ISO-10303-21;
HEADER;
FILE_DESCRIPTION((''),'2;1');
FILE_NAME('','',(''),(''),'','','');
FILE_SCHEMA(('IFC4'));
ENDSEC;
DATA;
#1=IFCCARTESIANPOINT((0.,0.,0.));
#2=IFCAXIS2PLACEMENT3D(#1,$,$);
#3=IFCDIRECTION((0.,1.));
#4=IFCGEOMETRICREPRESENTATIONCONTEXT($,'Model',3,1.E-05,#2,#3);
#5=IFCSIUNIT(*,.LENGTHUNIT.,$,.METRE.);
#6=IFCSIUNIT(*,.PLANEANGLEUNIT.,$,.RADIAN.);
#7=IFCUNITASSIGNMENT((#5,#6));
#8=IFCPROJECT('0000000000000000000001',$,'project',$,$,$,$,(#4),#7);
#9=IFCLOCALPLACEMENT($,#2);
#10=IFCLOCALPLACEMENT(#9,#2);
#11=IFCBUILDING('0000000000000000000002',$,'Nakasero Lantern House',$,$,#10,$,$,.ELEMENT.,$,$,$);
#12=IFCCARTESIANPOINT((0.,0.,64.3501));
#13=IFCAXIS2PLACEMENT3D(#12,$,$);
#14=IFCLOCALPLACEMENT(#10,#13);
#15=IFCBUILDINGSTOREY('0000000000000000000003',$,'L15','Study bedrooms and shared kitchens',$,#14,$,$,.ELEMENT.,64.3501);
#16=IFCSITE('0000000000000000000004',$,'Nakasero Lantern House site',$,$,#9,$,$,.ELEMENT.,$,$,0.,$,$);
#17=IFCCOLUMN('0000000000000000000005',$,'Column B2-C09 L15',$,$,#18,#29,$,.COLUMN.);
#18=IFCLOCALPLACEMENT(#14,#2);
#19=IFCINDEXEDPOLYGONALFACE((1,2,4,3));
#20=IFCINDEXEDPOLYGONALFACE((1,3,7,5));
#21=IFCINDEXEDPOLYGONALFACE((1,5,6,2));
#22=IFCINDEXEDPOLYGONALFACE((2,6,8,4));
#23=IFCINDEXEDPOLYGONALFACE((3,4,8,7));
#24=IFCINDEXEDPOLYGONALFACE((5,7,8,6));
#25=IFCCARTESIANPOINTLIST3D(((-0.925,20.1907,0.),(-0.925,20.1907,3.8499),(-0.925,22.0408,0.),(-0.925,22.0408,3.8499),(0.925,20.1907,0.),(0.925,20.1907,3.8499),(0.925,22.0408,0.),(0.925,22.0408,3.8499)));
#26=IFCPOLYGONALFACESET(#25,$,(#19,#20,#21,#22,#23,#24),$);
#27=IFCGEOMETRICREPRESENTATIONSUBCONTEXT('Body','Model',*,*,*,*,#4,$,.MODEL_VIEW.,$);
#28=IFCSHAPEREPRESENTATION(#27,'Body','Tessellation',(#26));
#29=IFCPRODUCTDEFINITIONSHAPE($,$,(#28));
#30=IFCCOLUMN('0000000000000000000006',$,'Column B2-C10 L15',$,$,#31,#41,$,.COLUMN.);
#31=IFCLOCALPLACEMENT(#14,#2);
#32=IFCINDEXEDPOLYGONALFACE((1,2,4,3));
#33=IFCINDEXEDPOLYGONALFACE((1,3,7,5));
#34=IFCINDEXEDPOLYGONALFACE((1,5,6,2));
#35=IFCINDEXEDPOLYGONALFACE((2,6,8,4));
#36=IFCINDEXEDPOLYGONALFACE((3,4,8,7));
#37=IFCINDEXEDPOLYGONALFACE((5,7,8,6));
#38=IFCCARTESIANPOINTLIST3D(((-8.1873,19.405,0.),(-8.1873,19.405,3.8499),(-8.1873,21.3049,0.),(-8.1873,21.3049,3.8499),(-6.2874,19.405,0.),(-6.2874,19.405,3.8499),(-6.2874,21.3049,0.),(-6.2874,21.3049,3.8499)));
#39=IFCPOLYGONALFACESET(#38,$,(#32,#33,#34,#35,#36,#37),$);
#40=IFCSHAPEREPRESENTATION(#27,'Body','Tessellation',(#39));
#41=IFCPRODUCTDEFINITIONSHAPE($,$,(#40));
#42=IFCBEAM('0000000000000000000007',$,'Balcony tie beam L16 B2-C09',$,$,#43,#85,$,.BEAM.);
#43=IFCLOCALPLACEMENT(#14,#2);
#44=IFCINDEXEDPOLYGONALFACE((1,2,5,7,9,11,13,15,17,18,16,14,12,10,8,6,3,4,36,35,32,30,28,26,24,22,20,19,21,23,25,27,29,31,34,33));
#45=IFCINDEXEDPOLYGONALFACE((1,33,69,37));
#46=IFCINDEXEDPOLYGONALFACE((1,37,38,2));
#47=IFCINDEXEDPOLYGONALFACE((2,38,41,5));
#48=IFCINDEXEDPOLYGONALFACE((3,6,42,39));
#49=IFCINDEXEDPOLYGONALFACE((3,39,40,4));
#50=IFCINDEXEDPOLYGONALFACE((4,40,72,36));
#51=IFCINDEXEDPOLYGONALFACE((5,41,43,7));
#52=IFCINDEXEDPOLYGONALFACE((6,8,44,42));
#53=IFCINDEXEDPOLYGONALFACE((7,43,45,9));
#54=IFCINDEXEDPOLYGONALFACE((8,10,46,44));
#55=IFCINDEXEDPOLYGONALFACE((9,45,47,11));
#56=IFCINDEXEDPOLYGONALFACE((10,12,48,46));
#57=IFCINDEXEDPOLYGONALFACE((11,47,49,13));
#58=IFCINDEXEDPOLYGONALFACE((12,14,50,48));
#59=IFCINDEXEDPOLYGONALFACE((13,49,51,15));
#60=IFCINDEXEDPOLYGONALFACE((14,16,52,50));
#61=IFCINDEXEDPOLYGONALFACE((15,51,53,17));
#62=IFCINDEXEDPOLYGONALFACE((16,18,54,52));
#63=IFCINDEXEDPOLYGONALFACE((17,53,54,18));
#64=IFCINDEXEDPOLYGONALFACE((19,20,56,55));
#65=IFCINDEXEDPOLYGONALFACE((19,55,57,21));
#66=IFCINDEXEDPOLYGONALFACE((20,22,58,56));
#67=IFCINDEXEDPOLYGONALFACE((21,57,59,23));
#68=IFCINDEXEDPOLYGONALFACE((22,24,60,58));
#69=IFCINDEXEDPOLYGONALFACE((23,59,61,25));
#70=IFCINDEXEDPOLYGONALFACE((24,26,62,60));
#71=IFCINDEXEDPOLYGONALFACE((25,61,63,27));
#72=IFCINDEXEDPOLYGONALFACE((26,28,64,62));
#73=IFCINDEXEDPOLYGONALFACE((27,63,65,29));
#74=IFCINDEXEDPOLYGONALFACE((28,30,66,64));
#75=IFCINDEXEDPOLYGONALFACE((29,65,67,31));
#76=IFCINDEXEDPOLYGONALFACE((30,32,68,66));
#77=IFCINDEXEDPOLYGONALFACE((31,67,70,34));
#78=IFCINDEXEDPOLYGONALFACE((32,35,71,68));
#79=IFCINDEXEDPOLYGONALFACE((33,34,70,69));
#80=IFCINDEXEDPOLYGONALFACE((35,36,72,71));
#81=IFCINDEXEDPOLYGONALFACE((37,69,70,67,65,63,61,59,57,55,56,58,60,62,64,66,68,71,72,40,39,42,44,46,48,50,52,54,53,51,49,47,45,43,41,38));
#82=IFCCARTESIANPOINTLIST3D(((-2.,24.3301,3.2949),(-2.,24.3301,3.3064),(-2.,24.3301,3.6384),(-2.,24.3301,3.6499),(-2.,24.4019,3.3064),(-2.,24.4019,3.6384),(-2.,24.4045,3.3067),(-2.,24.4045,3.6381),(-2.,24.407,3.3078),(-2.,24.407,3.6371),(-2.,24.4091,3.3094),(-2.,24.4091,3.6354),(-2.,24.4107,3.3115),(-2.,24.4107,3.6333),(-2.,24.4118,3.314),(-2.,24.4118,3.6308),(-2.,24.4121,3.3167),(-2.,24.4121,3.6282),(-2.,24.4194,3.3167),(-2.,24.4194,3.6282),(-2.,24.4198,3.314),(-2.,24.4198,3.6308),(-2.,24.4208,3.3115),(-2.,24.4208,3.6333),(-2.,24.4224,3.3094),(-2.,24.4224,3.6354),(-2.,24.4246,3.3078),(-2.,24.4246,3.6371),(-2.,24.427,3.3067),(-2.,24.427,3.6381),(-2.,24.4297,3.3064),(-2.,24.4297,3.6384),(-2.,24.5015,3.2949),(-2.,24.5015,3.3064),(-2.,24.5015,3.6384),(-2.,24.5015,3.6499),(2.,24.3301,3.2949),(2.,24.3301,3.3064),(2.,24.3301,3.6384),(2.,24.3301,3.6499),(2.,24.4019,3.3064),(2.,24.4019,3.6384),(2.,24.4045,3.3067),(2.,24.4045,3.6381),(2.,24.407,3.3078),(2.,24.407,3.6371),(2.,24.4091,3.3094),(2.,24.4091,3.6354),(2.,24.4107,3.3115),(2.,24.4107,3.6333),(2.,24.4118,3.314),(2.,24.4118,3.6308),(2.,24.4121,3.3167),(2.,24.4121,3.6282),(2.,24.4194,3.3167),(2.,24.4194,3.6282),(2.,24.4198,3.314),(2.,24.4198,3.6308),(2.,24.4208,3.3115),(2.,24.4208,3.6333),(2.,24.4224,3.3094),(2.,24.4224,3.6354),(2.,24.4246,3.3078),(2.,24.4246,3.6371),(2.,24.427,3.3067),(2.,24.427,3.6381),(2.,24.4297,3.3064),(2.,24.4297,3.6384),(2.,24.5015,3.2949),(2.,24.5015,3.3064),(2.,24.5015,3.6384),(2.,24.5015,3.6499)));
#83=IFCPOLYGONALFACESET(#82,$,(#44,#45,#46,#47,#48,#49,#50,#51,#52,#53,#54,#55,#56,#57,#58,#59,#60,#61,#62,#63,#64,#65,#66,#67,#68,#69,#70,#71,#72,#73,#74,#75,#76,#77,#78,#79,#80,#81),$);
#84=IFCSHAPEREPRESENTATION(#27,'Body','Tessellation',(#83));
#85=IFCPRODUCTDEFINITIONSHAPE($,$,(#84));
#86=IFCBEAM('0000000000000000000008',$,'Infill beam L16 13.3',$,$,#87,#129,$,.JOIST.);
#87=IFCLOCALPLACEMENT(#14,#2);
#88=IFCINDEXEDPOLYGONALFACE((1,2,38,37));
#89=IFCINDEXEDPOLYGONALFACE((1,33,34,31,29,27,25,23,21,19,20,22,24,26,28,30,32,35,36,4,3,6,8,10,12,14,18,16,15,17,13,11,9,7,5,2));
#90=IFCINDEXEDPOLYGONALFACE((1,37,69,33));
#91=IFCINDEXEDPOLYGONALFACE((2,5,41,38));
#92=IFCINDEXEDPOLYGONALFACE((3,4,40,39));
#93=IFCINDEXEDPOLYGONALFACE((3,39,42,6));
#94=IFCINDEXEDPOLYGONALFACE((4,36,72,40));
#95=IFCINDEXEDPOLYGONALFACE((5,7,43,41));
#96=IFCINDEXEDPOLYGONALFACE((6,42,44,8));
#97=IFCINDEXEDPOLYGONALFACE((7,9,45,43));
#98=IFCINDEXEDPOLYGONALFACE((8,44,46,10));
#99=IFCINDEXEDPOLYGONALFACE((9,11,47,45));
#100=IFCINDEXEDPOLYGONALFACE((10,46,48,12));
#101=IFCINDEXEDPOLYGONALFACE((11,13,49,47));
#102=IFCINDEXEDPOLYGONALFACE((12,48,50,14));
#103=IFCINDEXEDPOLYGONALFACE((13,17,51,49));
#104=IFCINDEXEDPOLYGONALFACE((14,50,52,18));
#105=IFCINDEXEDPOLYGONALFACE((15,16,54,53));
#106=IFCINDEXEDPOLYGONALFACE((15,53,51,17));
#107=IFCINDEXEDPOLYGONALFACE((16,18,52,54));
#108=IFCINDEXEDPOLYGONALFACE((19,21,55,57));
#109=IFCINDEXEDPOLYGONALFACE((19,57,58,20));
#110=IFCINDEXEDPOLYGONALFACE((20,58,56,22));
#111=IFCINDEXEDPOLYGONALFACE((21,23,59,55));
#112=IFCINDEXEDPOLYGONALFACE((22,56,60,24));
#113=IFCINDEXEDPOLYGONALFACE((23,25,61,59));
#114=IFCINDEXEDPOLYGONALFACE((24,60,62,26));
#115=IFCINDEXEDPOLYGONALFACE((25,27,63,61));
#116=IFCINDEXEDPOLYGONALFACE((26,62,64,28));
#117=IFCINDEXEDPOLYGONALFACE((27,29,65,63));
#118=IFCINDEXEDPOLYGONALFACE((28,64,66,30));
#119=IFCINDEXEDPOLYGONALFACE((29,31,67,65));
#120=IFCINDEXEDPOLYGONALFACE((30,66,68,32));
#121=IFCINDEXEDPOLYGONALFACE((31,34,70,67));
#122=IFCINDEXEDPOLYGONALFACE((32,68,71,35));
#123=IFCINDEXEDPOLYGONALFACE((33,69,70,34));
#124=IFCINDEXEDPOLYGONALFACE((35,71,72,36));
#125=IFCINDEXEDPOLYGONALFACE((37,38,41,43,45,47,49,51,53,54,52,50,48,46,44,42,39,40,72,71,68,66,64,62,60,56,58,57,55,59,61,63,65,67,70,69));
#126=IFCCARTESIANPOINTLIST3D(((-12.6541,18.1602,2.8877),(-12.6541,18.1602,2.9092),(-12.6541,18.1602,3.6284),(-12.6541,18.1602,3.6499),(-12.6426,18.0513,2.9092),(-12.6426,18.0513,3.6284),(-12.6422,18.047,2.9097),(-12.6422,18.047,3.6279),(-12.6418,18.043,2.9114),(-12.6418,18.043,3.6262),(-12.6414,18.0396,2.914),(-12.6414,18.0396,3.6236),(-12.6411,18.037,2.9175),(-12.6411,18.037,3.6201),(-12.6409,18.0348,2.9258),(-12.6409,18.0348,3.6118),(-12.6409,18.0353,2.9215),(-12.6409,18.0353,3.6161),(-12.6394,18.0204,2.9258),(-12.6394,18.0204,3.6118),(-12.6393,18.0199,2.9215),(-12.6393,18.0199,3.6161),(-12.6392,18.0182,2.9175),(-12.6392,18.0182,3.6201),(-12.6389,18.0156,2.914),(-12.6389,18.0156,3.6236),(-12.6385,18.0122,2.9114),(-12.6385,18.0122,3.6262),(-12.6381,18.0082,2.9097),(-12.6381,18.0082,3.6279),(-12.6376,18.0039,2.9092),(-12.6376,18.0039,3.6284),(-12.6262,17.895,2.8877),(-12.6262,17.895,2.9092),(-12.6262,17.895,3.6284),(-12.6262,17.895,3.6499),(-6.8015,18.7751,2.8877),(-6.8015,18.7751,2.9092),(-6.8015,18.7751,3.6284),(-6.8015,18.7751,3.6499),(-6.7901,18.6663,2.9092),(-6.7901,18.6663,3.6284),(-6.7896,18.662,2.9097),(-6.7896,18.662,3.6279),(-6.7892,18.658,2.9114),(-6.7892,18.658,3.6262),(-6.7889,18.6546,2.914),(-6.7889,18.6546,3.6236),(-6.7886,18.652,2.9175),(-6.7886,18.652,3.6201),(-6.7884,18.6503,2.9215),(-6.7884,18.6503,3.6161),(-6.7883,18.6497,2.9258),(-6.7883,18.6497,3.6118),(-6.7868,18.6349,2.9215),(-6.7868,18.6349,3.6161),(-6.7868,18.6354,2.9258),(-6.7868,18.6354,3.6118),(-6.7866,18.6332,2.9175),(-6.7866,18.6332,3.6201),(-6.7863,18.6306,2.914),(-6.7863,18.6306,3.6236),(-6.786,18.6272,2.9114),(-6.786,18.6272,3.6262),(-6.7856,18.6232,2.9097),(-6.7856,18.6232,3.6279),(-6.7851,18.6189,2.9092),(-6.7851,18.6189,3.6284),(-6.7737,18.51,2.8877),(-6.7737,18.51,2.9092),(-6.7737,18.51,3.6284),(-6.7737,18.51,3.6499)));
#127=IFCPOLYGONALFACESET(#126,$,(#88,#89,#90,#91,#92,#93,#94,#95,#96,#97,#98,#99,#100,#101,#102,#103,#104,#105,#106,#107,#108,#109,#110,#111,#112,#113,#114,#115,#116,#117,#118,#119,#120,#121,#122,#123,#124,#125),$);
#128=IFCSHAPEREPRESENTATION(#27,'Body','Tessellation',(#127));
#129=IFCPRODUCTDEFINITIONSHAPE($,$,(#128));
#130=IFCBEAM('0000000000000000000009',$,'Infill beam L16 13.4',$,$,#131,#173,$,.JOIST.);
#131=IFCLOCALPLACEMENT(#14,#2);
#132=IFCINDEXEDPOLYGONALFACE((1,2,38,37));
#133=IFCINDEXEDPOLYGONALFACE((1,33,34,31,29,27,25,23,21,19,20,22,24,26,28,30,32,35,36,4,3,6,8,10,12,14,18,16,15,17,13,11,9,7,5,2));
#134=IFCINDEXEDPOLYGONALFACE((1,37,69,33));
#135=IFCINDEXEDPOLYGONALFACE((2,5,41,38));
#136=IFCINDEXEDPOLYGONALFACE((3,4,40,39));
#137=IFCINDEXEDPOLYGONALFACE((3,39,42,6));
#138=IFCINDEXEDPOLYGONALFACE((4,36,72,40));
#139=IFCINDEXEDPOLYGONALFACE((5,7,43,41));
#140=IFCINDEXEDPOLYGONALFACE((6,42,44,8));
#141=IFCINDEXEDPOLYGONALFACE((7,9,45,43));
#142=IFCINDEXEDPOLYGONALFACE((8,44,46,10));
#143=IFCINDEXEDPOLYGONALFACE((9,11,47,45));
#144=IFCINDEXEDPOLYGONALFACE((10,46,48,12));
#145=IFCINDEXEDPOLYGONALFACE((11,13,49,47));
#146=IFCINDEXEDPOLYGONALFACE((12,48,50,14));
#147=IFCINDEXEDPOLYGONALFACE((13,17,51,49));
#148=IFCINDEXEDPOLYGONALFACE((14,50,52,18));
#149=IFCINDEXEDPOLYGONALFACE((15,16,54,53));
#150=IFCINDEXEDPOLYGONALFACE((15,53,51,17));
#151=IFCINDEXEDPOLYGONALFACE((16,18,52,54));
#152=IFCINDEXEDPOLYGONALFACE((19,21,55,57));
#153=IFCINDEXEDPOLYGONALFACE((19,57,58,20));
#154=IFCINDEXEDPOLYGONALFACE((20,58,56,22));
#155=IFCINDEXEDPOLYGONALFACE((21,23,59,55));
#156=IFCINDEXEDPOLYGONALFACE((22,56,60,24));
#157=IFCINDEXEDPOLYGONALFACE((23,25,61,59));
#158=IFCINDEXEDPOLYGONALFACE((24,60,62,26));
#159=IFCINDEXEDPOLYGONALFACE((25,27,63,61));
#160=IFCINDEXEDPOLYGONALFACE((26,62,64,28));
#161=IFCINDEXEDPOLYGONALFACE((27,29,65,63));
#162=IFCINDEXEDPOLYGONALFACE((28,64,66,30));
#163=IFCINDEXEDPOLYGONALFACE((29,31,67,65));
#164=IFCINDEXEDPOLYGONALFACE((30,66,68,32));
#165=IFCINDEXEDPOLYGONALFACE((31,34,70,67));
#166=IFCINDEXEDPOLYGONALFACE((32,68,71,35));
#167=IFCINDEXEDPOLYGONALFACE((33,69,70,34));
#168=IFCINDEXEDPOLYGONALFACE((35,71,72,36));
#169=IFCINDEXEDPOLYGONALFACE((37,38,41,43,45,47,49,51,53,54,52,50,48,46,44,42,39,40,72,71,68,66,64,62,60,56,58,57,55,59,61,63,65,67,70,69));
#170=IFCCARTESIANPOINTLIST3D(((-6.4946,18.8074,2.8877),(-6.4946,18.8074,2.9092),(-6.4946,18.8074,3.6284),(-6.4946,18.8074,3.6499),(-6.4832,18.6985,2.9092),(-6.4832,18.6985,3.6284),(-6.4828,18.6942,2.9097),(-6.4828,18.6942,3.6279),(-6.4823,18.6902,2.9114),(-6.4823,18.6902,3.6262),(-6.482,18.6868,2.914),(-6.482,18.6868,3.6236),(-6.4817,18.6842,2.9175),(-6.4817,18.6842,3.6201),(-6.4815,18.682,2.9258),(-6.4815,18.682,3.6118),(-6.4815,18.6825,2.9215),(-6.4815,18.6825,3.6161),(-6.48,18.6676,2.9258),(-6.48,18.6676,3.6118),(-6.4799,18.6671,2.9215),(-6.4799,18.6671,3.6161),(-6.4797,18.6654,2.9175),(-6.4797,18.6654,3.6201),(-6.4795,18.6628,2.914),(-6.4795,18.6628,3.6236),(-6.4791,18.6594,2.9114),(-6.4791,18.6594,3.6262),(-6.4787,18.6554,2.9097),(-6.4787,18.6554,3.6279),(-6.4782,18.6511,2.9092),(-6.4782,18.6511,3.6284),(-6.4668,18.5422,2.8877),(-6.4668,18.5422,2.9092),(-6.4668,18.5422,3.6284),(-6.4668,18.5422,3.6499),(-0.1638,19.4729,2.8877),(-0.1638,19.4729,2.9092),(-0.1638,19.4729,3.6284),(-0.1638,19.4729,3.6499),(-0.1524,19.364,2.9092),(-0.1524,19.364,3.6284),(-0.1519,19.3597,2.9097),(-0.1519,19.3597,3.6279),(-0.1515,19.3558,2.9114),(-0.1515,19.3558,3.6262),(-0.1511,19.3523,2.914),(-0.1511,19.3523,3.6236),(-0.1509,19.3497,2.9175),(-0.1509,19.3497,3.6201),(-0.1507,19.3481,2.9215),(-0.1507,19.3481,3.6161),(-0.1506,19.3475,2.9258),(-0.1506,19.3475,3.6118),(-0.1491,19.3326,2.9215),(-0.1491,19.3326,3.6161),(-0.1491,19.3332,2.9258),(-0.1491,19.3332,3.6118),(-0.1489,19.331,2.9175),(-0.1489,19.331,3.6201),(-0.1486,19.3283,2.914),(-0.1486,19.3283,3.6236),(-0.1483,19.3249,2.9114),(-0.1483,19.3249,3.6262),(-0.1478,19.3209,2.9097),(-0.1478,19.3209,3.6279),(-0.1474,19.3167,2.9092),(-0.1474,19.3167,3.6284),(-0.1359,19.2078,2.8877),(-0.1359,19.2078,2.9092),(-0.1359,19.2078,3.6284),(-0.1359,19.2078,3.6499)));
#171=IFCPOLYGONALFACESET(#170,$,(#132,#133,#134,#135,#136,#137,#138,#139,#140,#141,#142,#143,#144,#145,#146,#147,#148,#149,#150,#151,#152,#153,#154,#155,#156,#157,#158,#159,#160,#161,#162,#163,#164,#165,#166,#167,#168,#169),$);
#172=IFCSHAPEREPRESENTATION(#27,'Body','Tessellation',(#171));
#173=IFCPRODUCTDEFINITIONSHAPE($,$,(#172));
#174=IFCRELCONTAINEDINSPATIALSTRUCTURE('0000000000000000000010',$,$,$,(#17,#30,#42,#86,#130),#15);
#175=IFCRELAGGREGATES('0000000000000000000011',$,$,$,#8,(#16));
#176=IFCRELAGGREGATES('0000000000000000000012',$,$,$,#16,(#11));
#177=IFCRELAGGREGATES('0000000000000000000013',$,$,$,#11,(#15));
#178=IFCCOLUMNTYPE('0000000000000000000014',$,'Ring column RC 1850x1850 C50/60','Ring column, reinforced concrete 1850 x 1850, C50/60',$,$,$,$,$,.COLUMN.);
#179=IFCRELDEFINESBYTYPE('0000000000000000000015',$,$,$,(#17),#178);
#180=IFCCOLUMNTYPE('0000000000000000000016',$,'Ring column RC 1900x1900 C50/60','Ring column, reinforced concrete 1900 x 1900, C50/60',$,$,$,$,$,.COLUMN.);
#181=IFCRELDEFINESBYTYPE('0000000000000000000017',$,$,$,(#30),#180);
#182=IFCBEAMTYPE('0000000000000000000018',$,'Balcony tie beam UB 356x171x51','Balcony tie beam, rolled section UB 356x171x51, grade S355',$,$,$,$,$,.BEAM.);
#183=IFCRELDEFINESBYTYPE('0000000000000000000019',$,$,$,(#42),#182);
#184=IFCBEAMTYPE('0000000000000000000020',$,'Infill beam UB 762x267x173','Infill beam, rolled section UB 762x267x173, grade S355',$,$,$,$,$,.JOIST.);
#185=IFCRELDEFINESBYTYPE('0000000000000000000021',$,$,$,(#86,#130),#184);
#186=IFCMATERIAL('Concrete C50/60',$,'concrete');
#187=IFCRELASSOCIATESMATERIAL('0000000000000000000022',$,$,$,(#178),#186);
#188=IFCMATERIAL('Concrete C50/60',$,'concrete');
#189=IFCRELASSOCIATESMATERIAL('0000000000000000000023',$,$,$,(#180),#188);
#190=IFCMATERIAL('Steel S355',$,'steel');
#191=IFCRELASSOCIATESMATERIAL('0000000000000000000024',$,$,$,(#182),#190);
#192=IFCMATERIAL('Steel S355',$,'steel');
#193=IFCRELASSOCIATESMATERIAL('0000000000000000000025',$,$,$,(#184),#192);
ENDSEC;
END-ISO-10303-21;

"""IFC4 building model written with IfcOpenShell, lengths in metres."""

from ifc_helpers import new_model, si_unit, direction, frame, origin, origin_2d, place, context, subcontext, project, spatial, rectangle, i_section, extrude, material, material_profile, profile_set, type_object, element, save


model = new_model("IFC4")

# Units and contexts
model_context = context("Model", 3, precision=1e-05, world=origin(), true_north=direction((0.0, 1.0)))
body_context = subcontext(model_context, "Body", "Model", "MODEL_VIEW")
ifc_project = project(units=[si_unit("LENGTHUNIT", "METRE"), si_unit("PLANEANGLEUNIT", "RADIAN")], contexts=[model_context])

# Site, building, storey
site_placement = place(None, origin())
site = spatial("IfcSite", under=ifc_project, at=site_placement, Name="Nakasero Lantern House site", CompositionType="ELEMENT", RefElevation=0.0)
building_placement = place(site_placement, origin())
building = spatial("IfcBuilding", under=site, at=building_placement, Name="Nakasero Lantern House", CompositionType="ELEMENT")
storey_placement = place(building_placement, frame((0.0, 0.0, 64.3501)))
storey = spatial("IfcBuildingStorey", under=building, at=storey_placement, Name="L15", Description="Study bedrooms and shared kitchens", CompositionType="ELEMENT", Elevation=64.3501)

# Columns
ifc_material_1 = material(Name="Concrete C50/60", Category="concrete")
ifc_material_profile_1 = material_profile(ifc_material_1, rectangle(XDim=1.8501, YDim=1.8501, at=origin_2d()), Name="RC 1850x1850")
ifc_profile_set_1 = profile_set([ifc_material_profile_1], Name="Concrete C50/60")
column_type_1 = type_object("IfcColumnType", Name="Ring column RC 1850x1850 C50/60", Description="Ring column, reinforced concrete 1850 x 1850, C50/60", PredefinedType="COLUMN", material=ifc_profile_set_1)
column_1_placement = place(storey_placement, frame((0.0, 21.1157, 0.0), z_axis=(0.0, 0.0, 1.0), x_axis=(1.0, 0.0, 0.0)))
element("IfcColumn", 1, at=column_1_placement, inside=storey, type_object=column_type_1, Name="Column B2-C09 L15", PredefinedType="COLUMN", context=body_context, shape_type="SweptSolid", body=[
    extrude(rectangle(XDim=1.8501, YDim=1.8501, at=origin_2d()), origin(), (0.0, 0.0, 1.0), 3.8499),
])
ifc_material_2 = material(Name="Concrete C50/60", Category="concrete")
ifc_material_profile_2 = material_profile(ifc_material_2, rectangle(XDim=1.8999, YDim=1.8999, at=origin_2d()), Name="RC 1900x1900")
ifc_profile_set_2 = profile_set([ifc_material_profile_2], Name="Concrete C50/60")
column_type_2 = type_object("IfcColumnType", Name="Ring column RC 1900x1900 C50/60", Description="Ring column, reinforced concrete 1900 x 1900, C50/60", PredefinedType="COLUMN", material=ifc_profile_set_2)
column_2_placement = place(storey_placement, frame((-7.2373, 20.355, 0.0), z_axis=(0.0, 0.0, 1.0), x_axis=(1.0, 0.0, 0.0)))
element("IfcColumn", 2, at=column_2_placement, inside=storey, type_object=column_type_2, Name="Column B2-C10 L15", PredefinedType="COLUMN", context=body_context, shape_type="SweptSolid", body=[
    extrude(rectangle(XDim=1.8999, YDim=1.8999, at=origin_2d()), origin(), (0.0, 0.0, 1.0), 3.8499),
])

# Beams
ifc_material_3 = material(Name="Steel S355", Category="steel")
ifc_material_profile_3 = material_profile(ifc_material_3, i_section(OverallWidth=0.1714, OverallDepth=0.355, WebThickness=0.0073, FlangeThickness=0.0115, FilletRadius=0.0103, at=origin_2d()), Name="UB 356x171x51")
ifc_profile_set_3 = profile_set([ifc_material_profile_3], Name="Steel S355")
beam_type_1 = type_object("IfcBeamType", Name="Balcony tie beam UB 356x171x51", Description="Balcony tie beam, rolled section UB 356x171x51, grade S355", PredefinedType="BEAM", material=ifc_profile_set_3)
beam_1_placement = place(storey_placement, frame((-2.0, 24.4158, 3.4724), z_axis=(1.0, 0.0, 0.0), x_axis=(0.0, 1.0, 0.0)))
element("IfcBeam", 3, at=beam_1_placement, inside=storey, type_object=beam_type_1, Name="Balcony tie beam L16 B2-C09", PredefinedType="BEAM", context=body_context, shape_type="SweptSolid", body=[
    extrude(i_section(OverallWidth=0.1714, OverallDepth=0.355, WebThickness=0.0073, FlangeThickness=0.0115, FilletRadius=0.0103, at=origin_2d()), origin(), (0.0, 0.0, 1.0), 4.0),
])
ifc_material_4 = material(Name="Steel S355", Category="steel")
ifc_material_profile_4 = material_profile(ifc_material_4, i_section(OverallWidth=0.2666, OverallDepth=0.7622, WebThickness=0.0144, FlangeThickness=0.0215, FilletRadius=0.0166, at=origin_2d()), Name="UB 762x267x173")
ifc_profile_set_4 = profile_set([ifc_material_profile_4], Name="Steel S355")
beam_type_2 = type_object("IfcBeamType", Name="Infill beam UB 762x267x173", Description="Infill beam, rolled section UB 762x267x173, grade S355", PredefinedType="JOIST", material=ifc_profile_set_4)
beam_2_placement = place(storey_placement, frame((-12.6401, 18.0276, 3.2688), z_axis=(0.994524, 0.104506, 0.0), x_axis=(-0.104506, 0.994524, 0.0)))
element("IfcBeam", 4, at=beam_2_placement, inside=storey, type_object=beam_type_2, Name="Infill beam L16 13.3", PredefinedType="JOIST", context=body_context, shape_type="SweptSolid", body=[
    extrude(i_section(OverallWidth=0.2666, OverallDepth=0.7622, WebThickness=0.0144, FlangeThickness=0.0215, FilletRadius=0.0166, at=origin_2d()), origin(), (0.0, 0.0, 1.0), 5.8848),
])
beam_3_placement = place(storey_placement, frame((-6.4807, 18.6748, 3.2688), z_axis=(0.99452, 0.104549, 0.0), x_axis=(-0.104549, 0.99452, 0.0)))
element("IfcBeam", 5, at=beam_3_placement, inside=storey, type_object=beam_type_2, Name="Infill beam L16 13.4", PredefinedType="JOIST", context=body_context, shape_type="SweptSolid", body=[
    extrude(i_section(OverallWidth=0.2666, OverallDepth=0.7622, WebThickness=0.0144, FlangeThickness=0.0215, FilletRadius=0.0166, at=origin_2d()), origin(), (0.0, 0.0, 1.0), 6.3657),
])

save(model, "model.ifc")
